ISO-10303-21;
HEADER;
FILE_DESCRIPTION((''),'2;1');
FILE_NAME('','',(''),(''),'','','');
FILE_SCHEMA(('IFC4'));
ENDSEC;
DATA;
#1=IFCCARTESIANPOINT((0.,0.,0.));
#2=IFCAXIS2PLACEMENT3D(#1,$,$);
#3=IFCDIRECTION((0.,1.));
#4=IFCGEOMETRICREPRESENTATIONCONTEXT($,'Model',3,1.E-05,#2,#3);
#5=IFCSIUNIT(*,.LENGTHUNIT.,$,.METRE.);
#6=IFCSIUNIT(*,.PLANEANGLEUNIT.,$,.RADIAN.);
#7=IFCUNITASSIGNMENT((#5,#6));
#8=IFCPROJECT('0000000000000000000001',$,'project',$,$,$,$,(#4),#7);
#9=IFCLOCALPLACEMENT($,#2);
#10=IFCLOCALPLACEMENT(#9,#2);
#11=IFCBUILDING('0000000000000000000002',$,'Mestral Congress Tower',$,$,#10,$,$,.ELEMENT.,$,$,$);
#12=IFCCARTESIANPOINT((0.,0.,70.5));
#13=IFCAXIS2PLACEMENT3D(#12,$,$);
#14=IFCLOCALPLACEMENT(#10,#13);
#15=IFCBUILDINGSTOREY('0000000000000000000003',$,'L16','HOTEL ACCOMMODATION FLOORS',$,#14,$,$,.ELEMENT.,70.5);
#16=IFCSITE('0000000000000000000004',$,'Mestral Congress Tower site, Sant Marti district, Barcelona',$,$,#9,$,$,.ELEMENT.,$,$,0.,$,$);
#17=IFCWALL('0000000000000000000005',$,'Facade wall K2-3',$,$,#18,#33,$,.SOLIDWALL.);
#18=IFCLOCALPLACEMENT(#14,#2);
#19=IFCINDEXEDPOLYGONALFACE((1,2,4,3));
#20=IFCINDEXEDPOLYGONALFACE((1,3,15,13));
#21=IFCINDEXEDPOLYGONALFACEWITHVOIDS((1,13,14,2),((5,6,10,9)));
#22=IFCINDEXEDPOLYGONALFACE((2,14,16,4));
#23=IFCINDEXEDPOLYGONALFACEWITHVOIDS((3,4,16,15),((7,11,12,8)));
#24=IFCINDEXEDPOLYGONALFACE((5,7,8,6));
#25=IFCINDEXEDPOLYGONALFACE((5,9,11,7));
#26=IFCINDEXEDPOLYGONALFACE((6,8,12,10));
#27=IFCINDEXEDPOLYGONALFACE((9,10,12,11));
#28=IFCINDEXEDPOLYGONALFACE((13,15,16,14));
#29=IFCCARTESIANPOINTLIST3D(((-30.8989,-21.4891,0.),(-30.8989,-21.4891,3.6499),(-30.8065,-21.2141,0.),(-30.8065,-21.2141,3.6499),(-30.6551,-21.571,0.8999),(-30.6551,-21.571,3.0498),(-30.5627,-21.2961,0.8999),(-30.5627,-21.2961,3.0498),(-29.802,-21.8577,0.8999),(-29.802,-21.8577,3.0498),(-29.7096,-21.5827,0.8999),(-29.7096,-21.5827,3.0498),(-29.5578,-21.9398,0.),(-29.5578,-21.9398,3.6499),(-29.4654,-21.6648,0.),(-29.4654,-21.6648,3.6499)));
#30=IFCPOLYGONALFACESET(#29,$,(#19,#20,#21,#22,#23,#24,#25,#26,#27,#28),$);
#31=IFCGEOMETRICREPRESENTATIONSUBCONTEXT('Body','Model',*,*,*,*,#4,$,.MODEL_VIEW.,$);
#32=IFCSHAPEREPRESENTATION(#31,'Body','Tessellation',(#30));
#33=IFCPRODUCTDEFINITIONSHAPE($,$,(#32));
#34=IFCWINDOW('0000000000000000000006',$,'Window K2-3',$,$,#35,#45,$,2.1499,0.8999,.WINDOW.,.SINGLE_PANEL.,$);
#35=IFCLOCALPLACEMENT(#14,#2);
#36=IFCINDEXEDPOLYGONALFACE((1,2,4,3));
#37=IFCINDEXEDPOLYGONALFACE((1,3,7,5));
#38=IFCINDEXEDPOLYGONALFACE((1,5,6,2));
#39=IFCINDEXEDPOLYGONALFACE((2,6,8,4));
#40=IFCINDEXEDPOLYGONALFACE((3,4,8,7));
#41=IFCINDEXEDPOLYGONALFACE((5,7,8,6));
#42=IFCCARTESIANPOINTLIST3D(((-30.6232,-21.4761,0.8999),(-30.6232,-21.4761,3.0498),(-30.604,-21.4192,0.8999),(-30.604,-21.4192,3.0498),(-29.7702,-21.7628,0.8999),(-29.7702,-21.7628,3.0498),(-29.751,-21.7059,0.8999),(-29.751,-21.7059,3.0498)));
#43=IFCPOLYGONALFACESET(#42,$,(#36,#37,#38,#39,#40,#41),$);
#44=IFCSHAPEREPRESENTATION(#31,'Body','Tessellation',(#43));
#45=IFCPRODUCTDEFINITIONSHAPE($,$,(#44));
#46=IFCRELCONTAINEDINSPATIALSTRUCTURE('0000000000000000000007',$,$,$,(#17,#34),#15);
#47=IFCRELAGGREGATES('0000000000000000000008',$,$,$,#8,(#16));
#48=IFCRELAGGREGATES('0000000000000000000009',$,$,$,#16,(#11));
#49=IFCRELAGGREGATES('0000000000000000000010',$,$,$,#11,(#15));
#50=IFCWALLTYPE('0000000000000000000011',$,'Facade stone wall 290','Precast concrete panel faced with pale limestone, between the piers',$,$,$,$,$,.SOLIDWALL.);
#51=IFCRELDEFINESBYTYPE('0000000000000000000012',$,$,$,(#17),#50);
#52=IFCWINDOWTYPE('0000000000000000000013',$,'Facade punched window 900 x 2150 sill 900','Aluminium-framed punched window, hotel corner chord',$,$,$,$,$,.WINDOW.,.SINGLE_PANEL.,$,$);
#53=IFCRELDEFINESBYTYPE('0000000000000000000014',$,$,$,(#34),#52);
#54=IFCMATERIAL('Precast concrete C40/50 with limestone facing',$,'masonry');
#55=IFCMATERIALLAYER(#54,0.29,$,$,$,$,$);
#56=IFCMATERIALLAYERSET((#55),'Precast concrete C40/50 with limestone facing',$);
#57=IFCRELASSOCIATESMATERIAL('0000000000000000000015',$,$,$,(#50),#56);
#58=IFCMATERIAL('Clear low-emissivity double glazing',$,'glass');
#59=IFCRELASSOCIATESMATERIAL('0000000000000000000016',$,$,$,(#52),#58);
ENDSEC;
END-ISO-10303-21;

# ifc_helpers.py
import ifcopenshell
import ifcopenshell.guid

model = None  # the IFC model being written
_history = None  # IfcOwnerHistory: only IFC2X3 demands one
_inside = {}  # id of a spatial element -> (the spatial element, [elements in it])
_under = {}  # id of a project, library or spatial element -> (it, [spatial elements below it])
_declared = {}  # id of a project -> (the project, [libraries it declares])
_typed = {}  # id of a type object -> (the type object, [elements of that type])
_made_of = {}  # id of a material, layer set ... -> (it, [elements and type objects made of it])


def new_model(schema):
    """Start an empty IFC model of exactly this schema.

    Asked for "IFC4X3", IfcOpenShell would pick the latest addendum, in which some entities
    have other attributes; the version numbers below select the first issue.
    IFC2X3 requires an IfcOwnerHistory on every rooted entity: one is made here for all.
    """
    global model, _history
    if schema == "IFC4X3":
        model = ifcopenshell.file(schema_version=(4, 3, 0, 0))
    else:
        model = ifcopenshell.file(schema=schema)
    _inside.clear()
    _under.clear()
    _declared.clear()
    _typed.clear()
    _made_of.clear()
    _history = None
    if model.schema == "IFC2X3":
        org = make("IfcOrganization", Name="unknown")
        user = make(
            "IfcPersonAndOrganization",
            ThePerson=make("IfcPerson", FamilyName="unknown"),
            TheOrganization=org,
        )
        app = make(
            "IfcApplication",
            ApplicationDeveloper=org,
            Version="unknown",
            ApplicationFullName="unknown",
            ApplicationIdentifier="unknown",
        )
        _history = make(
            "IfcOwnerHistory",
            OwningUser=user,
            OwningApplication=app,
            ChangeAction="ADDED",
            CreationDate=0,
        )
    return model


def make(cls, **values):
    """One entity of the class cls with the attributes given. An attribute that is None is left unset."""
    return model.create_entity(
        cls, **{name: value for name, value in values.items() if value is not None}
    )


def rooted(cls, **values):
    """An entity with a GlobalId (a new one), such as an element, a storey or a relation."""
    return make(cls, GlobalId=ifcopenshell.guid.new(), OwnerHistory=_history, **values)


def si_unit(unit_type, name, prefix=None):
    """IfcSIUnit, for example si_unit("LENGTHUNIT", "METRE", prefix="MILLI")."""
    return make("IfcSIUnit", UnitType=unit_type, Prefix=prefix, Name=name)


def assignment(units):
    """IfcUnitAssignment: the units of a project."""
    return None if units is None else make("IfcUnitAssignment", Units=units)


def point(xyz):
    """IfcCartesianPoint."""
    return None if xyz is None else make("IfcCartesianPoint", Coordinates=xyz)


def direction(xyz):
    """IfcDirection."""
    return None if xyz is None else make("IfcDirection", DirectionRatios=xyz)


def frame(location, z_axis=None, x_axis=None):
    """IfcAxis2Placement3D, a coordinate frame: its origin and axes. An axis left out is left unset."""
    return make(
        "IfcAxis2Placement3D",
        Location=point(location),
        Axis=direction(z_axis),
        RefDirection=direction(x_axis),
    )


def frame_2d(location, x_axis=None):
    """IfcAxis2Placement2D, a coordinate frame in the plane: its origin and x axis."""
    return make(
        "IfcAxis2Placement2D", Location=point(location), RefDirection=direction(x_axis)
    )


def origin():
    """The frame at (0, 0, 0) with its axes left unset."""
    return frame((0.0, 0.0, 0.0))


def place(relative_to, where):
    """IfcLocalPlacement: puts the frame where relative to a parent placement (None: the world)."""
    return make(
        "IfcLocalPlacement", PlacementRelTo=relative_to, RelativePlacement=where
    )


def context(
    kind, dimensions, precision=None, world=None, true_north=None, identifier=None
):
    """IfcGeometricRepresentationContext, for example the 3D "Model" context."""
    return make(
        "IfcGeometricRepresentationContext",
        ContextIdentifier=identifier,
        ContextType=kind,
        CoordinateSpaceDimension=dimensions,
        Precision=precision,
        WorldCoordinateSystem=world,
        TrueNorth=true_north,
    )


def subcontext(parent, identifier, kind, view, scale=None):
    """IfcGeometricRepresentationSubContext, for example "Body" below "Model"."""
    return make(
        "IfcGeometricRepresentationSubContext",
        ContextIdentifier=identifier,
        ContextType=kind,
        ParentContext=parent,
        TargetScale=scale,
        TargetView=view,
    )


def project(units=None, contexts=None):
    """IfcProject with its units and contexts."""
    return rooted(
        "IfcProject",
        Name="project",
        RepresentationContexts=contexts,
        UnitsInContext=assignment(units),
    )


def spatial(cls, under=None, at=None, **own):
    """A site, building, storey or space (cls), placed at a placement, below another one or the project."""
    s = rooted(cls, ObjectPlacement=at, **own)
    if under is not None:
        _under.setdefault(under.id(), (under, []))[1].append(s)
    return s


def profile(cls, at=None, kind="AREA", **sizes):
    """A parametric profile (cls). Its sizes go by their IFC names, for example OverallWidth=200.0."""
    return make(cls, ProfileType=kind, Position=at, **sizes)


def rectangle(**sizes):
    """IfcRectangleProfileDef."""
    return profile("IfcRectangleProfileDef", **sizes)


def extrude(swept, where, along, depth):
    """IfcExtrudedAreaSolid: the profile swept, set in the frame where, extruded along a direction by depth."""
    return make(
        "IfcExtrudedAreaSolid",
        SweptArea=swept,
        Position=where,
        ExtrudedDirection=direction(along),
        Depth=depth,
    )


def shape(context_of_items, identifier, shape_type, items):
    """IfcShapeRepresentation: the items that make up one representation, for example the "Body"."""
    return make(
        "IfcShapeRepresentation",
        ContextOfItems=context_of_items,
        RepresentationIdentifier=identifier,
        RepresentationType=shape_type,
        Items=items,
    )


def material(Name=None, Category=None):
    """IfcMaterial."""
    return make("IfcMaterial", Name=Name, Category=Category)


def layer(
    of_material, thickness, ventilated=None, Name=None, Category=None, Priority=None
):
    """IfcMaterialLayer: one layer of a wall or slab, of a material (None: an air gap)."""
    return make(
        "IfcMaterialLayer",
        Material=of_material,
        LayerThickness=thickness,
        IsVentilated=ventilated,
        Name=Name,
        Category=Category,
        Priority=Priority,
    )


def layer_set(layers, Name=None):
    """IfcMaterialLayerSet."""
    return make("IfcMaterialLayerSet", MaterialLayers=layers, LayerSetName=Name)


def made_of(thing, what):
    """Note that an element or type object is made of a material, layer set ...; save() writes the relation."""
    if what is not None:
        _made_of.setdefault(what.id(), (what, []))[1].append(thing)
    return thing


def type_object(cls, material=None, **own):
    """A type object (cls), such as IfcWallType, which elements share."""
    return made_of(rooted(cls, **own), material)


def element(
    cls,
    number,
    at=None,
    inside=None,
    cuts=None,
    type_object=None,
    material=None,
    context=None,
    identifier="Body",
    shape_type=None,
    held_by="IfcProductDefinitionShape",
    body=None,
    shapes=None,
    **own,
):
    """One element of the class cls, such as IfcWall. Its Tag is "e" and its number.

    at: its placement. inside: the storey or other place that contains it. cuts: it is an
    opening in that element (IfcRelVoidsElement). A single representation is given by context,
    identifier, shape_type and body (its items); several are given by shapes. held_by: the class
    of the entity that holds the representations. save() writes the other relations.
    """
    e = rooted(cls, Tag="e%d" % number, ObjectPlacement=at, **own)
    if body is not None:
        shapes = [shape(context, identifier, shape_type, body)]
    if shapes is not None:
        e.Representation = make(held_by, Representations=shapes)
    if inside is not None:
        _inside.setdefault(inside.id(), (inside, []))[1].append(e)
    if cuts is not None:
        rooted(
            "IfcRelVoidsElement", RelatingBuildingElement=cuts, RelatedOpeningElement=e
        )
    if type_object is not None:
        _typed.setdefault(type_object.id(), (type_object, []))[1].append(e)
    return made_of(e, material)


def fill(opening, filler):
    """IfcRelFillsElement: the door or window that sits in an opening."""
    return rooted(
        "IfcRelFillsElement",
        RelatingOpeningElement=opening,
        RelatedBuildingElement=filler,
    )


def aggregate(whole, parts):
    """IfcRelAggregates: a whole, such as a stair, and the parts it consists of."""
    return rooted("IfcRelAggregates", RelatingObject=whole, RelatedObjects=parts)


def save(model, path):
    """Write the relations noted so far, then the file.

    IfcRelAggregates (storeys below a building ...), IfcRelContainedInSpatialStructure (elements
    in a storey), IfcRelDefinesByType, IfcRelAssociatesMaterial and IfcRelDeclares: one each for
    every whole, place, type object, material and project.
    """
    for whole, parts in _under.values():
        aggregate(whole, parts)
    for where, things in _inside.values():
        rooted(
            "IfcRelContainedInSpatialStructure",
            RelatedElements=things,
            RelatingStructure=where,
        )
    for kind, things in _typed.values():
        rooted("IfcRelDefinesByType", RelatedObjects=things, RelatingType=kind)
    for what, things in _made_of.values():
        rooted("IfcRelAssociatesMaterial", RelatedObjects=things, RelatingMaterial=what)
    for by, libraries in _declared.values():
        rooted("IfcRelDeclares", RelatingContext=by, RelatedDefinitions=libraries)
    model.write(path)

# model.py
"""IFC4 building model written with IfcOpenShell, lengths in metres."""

from ifc_helpers import new_model, si_unit, direction, frame, frame_2d, origin, place, context, subcontext, project, spatial, rectangle, extrude, material, layer, layer_set, type_object, element, fill, save


model = new_model("IFC4")

# Units and contexts
model_context = context("Model", 3, precision=1e-05, world=origin(), true_north=direction((0.0, 1.0)))
body_context = subcontext(model_context, "Body", "Model", "MODEL_VIEW")
ifc_project = project(units=[si_unit("LENGTHUNIT", "METRE"), si_unit("PLANEANGLEUNIT", "RADIAN")], contexts=[model_context])

# Site, building, storey
site_placement = place(None, origin())
site = spatial("IfcSite", under=ifc_project, at=site_placement, Name="Mestral Congress Tower site, Sant Marti district, Barcelona", CompositionType="ELEMENT", RefElevation=0.0)
building_placement = place(site_placement, origin())
building = spatial("IfcBuilding", under=site, at=building_placement, Name="Mestral Congress Tower", CompositionType="ELEMENT")
storey_placement = place(building_placement, frame((0.0, 0.0, 70.5)))
storey = spatial("IfcBuildingStorey", under=building, at=storey_placement, Name="L16", Description="HOTEL ACCOMMODATION FLOORS", CompositionType="ELEMENT", Elevation=70.5)

# Shared definitions
ifc_material_1 = material(Name="Precast concrete C40/50 with limestone facing", Category="masonry")
ifc_layer = layer(ifc_material_1, 0.29)
ifc_layer_set = layer_set([ifc_layer], Name="Precast concrete C40/50 with limestone facing")
wall_type = type_object("IfcWallType", Name="Facade stone wall 290", Description="Precast concrete panel faced with pale limestone, between the piers", PredefinedType="SOLIDWALL", material=ifc_layer_set)
ifc_material_2 = material(Name="Clear low-emissivity double glazing", Category="glass")

# Wall, opening, window
wall_1_placement = place(storey_placement, frame((-30.8528, -21.3516, 0.0), z_axis=(0.0, 0.0, 1.0), x_axis=(0.947904, -0.318556, 0.0)))
wall_1 = element("IfcWall", 1, at=wall_1_placement, inside=storey, type_object=wall_type, Name="Facade wall K2-3", PredefinedType="SOLIDWALL", context=body_context, shape_type="SweptSolid", body=[
    extrude(rectangle(XDim=1.4148, YDim=0.29, at=frame_2d((0.7075, 0.0))), origin(), (0.0, 0.0, 1.0), 3.6499),
])
opening_1_placement = place(wall_1_placement, frame((0.2573, 0.0, 0.8999)))
opening_1 = element("IfcOpeningElement", 2, at=opening_1_placement, cuts=wall_1, PredefinedType="OPENING", context=body_context, shape_type="SweptSolid", body=[
    extrude(rectangle(XDim=0.8999, YDim=2.1499, at=frame_2d((0.45, 1.075))), frame((0.0, 0.155, 0.0), z_axis=(0.0, -1.0, 0.0), x_axis=(1.0, 0.0, 0.0)), (0.0, 0.0, 1.0), 0.3101),
])
window_type_1 = type_object("IfcWindowType", Name="Facade punched window 900 x 2150 sill 900", Description="Aluminium-framed punched window, hotel corner chord", PartitioningType="SINGLE_PANEL", PredefinedType="WINDOW", material=ifc_material_2)
window_1_placement = place(opening_1_placement, origin())
window_1 = element("IfcWindow", 3, at=window_1_placement, inside=storey, type_object=window_type_1, Name="Window K2-3", OverallHeight=2.1499, OverallWidth=0.8999, PartitioningType="SINGLE_PANEL", PredefinedType="WINDOW", context=body_context, shape_type="SweptSolid", body=[
    extrude(rectangle(XDim=0.8999, YDim=2.1499, at=frame_2d((0.45, 1.075))), frame((0.0, 0.0151, 0.0), z_axis=(0.0, -1.0, 0.0), x_axis=(1.0, 0.0, 0.0)), (0.0, 0.0, 1.0), 0.0601),
])
fill(opening_1, window_1)

save(model, "model.ifc")
